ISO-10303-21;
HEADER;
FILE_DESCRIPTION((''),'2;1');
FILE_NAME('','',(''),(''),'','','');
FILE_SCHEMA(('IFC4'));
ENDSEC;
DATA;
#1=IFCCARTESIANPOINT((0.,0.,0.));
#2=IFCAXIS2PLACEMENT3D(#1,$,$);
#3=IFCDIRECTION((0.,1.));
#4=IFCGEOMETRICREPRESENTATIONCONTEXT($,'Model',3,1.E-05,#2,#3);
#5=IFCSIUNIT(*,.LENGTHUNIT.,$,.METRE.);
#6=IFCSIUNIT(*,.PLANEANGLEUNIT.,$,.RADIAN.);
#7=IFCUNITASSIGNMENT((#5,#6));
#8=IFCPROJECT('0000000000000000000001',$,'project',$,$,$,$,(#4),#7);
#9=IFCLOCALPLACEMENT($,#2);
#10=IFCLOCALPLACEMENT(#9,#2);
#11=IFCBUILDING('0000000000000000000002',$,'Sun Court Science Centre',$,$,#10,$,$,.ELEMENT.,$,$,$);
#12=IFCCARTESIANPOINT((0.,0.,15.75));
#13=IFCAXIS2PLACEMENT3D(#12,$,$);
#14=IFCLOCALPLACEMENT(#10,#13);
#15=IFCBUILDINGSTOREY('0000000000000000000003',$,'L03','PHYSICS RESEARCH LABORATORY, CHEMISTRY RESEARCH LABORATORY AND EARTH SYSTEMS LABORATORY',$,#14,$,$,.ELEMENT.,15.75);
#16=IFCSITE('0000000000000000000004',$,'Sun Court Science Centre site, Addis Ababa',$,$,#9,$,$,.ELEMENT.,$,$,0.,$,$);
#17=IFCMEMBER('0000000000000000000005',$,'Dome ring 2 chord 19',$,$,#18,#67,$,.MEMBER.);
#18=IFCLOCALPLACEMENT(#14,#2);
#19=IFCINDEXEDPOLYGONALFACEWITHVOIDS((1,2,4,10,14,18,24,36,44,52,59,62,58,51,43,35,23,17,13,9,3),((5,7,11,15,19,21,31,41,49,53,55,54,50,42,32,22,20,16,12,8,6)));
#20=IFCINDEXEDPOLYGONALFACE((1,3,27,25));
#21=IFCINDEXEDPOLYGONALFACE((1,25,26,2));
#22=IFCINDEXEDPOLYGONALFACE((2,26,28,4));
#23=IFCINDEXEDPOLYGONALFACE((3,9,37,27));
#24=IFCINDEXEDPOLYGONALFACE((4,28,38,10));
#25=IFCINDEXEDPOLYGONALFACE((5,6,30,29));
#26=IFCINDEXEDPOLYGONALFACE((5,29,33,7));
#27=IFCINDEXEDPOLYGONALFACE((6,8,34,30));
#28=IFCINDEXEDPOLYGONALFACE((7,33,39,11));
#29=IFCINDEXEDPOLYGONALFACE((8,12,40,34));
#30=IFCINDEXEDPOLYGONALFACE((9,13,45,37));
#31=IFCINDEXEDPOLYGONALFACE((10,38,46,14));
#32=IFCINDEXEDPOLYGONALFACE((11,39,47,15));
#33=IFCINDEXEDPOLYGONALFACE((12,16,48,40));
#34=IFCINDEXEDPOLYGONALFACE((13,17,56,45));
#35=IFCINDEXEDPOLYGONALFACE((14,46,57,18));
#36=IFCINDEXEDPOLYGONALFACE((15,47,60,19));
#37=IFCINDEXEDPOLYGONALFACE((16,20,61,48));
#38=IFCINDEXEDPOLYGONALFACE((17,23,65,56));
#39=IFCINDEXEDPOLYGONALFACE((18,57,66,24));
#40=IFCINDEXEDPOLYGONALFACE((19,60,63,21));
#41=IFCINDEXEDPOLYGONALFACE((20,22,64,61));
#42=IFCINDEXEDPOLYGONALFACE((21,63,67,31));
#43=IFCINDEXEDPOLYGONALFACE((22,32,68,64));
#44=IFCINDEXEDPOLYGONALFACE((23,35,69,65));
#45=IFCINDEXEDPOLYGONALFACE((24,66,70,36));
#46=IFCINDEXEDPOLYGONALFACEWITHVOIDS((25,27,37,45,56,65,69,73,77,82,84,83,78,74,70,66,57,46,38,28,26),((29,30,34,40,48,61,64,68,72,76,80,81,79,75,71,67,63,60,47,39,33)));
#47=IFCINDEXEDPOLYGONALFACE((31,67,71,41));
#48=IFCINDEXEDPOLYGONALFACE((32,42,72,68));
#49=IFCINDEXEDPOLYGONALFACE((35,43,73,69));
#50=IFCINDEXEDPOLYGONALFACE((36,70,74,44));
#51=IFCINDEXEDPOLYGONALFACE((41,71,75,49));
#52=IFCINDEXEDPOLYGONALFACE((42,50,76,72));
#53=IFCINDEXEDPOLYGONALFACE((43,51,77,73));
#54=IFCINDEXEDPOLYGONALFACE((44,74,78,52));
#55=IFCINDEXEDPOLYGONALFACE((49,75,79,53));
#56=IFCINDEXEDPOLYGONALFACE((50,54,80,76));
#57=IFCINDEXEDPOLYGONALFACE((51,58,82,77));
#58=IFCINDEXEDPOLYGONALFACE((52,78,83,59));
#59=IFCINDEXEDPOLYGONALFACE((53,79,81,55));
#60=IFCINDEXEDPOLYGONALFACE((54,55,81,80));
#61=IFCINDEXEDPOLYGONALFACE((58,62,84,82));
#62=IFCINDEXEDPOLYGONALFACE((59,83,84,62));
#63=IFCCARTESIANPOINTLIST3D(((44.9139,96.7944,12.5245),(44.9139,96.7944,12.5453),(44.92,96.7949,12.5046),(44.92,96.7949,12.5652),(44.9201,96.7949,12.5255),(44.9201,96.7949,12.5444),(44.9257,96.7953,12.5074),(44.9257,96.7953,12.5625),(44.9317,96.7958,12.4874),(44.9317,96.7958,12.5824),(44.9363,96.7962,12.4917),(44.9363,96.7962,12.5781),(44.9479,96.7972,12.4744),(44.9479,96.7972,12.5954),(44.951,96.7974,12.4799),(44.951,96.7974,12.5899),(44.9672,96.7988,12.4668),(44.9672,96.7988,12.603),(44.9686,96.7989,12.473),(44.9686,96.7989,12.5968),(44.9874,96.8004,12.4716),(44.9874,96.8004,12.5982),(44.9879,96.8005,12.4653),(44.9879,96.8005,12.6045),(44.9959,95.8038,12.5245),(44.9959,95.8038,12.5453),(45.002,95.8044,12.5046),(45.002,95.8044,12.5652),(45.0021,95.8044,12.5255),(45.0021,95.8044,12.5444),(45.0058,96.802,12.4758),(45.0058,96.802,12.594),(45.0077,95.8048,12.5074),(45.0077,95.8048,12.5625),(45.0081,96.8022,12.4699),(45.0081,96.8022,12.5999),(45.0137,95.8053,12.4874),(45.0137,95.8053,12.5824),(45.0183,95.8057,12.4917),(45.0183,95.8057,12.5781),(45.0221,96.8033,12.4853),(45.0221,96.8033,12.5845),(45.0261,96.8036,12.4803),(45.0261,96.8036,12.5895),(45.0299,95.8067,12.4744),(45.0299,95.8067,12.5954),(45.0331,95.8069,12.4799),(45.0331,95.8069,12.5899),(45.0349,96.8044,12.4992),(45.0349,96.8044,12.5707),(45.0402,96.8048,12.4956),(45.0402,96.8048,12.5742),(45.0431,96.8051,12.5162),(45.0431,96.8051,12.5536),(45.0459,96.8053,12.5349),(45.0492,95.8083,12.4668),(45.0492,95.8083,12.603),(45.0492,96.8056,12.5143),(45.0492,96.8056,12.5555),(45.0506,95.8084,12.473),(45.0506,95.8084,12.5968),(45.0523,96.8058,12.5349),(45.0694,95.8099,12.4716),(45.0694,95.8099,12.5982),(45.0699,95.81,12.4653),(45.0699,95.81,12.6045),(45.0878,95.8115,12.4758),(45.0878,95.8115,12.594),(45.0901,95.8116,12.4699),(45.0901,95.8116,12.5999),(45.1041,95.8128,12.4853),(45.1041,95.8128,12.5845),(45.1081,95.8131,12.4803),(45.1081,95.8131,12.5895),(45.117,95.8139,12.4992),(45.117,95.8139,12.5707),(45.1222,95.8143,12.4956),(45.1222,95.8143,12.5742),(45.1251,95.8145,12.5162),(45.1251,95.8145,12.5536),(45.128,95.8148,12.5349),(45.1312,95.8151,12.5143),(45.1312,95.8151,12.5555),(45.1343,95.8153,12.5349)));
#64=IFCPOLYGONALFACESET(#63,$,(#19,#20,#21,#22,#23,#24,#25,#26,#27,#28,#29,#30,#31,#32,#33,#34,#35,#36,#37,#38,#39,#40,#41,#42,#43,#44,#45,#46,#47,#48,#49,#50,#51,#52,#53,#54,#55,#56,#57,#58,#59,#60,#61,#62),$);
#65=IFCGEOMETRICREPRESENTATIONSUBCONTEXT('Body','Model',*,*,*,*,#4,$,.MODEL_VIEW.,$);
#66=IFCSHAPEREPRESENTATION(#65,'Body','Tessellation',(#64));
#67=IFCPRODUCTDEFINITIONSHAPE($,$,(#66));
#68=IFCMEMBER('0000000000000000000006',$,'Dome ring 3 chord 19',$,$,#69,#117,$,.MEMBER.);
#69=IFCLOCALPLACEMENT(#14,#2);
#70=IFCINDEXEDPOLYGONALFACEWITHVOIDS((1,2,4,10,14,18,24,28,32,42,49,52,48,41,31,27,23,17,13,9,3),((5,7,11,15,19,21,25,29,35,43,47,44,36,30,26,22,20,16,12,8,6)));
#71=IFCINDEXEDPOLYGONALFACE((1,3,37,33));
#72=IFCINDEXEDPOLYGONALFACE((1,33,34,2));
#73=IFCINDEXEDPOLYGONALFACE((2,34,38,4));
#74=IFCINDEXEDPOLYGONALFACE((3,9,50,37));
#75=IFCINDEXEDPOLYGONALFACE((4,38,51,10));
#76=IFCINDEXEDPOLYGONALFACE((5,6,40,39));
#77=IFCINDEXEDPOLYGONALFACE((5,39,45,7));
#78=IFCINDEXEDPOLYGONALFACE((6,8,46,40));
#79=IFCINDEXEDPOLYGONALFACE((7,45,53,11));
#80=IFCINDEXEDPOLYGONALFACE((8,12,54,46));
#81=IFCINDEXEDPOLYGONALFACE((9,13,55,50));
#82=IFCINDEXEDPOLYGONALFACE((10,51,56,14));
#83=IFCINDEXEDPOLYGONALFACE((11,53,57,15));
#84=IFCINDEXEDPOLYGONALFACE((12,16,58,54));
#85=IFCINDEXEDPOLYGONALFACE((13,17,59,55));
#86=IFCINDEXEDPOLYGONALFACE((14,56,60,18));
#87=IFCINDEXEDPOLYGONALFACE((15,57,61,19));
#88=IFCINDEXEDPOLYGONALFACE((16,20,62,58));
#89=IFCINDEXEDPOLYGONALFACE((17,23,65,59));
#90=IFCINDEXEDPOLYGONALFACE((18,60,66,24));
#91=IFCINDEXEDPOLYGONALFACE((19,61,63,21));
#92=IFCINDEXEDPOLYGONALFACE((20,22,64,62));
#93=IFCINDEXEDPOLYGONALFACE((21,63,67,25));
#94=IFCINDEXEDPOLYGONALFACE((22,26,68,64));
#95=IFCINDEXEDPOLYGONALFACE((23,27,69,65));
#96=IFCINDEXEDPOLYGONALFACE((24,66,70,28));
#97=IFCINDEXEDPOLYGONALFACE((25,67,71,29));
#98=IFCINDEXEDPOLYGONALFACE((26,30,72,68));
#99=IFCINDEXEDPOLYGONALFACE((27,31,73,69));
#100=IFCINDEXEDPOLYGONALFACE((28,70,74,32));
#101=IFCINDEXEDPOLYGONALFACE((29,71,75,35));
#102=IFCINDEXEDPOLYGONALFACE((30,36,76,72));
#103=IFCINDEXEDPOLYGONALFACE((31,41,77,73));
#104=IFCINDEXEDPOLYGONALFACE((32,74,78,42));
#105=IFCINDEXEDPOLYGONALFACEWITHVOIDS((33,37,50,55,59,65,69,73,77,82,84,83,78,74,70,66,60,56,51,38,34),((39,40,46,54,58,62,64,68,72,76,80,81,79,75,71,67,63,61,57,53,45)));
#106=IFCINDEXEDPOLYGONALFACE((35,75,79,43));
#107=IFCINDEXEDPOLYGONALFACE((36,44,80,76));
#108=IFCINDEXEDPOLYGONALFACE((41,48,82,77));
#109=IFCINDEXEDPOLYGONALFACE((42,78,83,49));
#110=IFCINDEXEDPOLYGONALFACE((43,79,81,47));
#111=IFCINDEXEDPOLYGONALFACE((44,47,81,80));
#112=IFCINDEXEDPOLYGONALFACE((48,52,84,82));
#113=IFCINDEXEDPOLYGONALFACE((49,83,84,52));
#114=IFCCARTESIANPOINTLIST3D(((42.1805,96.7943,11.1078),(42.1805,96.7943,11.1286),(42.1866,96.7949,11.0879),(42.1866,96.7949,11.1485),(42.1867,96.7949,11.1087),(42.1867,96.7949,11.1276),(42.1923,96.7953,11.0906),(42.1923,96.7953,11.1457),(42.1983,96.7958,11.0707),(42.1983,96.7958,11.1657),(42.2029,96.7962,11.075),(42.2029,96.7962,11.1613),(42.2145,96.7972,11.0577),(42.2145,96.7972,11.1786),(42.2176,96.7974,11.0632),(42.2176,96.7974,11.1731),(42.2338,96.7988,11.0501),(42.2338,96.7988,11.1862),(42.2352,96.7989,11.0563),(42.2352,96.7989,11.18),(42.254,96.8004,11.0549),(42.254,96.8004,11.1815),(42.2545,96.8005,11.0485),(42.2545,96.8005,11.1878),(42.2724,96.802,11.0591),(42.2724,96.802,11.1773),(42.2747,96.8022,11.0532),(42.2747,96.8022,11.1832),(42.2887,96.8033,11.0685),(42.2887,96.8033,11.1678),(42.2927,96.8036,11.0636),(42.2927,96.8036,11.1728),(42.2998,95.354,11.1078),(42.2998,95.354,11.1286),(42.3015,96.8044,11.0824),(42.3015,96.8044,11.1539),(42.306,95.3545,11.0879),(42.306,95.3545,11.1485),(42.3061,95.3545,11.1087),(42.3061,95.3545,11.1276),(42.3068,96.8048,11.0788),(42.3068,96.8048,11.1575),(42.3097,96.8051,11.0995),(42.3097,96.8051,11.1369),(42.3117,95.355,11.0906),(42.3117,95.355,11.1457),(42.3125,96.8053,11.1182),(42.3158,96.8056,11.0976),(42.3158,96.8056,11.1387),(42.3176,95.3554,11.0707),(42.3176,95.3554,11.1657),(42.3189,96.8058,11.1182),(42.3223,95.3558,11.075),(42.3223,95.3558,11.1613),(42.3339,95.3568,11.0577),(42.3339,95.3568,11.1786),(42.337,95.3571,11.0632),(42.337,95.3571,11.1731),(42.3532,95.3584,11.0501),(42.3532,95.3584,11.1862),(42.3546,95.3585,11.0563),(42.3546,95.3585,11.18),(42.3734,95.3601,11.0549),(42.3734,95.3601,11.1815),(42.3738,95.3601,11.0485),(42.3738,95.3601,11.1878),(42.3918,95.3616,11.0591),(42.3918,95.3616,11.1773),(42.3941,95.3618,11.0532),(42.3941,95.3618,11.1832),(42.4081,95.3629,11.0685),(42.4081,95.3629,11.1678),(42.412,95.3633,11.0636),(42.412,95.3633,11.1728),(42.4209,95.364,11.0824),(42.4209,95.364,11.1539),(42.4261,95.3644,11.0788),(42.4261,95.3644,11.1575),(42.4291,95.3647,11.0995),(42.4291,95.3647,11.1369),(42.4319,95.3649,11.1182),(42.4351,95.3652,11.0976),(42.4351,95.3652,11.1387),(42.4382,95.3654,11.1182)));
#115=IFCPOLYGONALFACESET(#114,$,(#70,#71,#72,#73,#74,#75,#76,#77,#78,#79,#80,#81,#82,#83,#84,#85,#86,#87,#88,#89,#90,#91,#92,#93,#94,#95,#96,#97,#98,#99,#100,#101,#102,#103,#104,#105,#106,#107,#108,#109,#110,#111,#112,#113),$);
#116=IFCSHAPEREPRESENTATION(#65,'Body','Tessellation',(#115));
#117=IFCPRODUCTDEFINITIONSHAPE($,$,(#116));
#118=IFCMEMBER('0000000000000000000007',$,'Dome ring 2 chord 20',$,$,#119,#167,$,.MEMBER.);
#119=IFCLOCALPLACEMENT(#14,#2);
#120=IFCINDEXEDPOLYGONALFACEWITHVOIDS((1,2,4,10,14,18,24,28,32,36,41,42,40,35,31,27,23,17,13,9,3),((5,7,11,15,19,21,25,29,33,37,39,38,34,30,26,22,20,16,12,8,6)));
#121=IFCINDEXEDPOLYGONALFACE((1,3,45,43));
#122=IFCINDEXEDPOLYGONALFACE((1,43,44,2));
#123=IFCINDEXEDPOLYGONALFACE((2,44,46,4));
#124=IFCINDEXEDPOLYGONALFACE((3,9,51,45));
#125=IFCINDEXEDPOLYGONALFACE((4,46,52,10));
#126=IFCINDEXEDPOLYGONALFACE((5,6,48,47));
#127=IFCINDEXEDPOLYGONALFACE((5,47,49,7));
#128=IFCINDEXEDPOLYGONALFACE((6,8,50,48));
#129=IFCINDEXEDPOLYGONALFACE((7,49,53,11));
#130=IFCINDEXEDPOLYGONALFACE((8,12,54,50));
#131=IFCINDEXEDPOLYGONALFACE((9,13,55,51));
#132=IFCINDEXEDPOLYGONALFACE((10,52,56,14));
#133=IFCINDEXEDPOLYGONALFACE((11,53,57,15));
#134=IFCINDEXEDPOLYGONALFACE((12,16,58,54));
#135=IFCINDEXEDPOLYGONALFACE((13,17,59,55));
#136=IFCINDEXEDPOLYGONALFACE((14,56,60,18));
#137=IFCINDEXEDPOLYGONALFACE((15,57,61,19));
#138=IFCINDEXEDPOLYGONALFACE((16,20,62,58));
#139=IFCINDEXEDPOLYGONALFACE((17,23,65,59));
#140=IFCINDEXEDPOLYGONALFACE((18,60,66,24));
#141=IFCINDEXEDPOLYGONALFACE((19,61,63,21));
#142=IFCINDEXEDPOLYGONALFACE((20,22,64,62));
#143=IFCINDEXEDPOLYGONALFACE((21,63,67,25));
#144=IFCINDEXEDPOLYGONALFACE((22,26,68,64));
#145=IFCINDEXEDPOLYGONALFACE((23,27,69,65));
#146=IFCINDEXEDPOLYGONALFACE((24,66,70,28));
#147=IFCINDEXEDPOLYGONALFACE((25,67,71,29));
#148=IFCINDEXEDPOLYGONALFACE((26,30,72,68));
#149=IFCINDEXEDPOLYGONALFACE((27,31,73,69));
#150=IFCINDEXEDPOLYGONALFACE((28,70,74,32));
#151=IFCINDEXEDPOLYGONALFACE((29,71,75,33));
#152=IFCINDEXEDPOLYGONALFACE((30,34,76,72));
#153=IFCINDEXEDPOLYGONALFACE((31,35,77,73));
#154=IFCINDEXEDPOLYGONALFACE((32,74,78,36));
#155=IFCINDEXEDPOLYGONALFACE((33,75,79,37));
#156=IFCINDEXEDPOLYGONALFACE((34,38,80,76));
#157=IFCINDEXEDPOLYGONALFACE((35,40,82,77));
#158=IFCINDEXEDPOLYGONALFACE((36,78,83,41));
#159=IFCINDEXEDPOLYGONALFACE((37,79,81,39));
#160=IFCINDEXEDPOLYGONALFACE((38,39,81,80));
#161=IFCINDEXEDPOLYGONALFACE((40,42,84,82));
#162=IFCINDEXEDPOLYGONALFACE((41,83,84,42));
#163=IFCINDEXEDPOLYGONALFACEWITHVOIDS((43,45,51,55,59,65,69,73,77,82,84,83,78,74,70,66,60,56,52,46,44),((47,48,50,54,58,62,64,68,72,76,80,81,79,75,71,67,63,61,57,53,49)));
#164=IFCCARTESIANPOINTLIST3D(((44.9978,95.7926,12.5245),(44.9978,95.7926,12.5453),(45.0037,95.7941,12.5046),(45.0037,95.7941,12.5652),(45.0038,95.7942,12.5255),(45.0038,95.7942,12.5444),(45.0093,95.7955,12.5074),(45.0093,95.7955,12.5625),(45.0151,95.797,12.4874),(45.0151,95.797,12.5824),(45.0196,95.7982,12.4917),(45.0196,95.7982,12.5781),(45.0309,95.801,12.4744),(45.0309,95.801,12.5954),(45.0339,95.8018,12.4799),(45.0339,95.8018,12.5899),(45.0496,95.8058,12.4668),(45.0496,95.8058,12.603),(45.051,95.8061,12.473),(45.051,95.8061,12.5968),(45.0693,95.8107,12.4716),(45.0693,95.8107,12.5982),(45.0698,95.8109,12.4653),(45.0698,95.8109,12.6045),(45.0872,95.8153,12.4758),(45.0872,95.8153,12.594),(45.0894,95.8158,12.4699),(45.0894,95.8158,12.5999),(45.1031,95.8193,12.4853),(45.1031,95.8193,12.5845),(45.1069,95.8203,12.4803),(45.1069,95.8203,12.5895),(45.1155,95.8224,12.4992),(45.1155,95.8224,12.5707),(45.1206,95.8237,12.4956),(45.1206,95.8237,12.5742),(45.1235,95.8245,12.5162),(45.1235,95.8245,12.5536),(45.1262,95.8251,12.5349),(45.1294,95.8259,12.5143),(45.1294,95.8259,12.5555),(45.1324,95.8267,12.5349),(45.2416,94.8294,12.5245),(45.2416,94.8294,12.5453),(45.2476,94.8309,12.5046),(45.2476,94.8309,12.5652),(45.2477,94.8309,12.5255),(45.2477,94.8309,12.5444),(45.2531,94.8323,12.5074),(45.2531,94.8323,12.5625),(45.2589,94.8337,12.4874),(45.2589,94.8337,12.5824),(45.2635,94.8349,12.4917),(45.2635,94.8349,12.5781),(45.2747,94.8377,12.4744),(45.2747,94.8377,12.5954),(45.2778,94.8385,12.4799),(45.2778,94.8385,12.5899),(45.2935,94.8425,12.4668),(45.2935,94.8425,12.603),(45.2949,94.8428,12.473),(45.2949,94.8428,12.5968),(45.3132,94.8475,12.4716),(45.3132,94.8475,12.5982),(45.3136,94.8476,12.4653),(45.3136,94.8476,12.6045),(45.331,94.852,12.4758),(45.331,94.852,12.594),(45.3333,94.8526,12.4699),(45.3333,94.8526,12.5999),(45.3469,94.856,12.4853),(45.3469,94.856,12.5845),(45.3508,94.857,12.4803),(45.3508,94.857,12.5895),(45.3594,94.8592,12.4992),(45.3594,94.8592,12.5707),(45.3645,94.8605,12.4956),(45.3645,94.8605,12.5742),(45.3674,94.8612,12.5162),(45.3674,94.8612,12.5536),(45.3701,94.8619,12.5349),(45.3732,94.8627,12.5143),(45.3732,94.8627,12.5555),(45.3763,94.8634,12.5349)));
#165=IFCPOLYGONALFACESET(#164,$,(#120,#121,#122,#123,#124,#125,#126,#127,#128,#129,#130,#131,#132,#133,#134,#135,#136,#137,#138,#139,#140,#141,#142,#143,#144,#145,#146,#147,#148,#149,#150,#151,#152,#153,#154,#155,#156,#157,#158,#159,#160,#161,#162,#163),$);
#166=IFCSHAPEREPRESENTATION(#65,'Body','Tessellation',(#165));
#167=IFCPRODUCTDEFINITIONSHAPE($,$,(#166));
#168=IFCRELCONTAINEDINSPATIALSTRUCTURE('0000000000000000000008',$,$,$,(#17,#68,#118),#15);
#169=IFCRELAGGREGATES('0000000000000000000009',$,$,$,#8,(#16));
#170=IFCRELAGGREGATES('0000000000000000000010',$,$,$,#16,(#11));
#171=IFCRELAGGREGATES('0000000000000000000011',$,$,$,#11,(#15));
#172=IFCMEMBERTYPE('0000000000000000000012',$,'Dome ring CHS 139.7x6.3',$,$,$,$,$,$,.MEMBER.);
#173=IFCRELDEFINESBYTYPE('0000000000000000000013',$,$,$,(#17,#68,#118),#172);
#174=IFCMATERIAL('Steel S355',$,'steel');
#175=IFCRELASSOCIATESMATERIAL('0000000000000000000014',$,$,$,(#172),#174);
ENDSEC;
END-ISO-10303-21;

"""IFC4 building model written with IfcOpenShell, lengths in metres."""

from ifc_helpers import new_model, si_unit, direction, frame, origin, origin_2d, place, context, subcontext, project, spatial, hollow_circle, extrude, material, material_profile, profile_set, type_object, element, save


model = new_model("IFC4")

# Units and contexts
model_context = context("Model", 3, precision=1e-05, world=origin(), true_north=direction((0.0, 1.0)))
body_context = subcontext(model_context, "Body", "Model", "MODEL_VIEW")
ifc_project = project(units=[si_unit("LENGTHUNIT", "METRE"), si_unit("PLANEANGLEUNIT", "RADIAN")], contexts=[model_context])

# Site, building, storey
site_placement = place(None, origin())
site = spatial("IfcSite", under=ifc_project, at=site_placement, Name="Sun Court Science Centre site, Addis Ababa", CompositionType="ELEMENT", RefElevation=0.0)
building_placement = place(site_placement, origin())
building = spatial("IfcBuilding", under=site, at=building_placement, Name="Sun Court Science Centre", CompositionType="ELEMENT")
storey_placement = place(building_placement, frame((0.0, 0.0, 15.75)))
storey = spatial("IfcBuildingStorey", under=building, at=storey_placement, Name="L03", Description="PHYSICS RESEARCH LABORATORY, CHEMISTRY RESEARCH LABORATORY AND EARTH SYSTEMS LABORATORY", CompositionType="ELEMENT", Elevation=15.75)

# Members
ifc_material_1 = material(Name="Steel S355", Category="steel")
ifc_material_profile_1 = material_profile(ifc_material_1, hollow_circle(Radius=0.0698, WallThickness=0.0063, at=origin_2d()), Name="CHS 139.7x6.3")
ifc_profile_set_1 = profile_set([ifc_material_profile_1], Name="Steel S355")
member_type_1 = type_object("IfcMemberType", Name="Dome ring CHS 139.7x6.3", PredefinedType="MEMBER", material=ifc_profile_set_1)
member_1_placement = place(storey_placement, frame((44.9827, 96.8, 12.5349), z_axis=(0.082537, -0.996588, 0.0), x_axis=(0.996588, 0.082537, 0.0)))
element("IfcMember", 1, at=member_1_placement, inside=storey, type_object=member_type_1, Name="Dome ring 2 chord 19", PredefinedType="MEMBER", context=body_context, shape_type="SweptSolid", body=[
    extrude(hollow_circle(Radius=0.0698, WallThickness=0.0063, at=origin_2d()), origin(), (0.0, 0.0, 1.0), 0.9939),
])
member_2_placement = place(storey_placement, frame((42.2493, 96.8, 11.1182), z_axis=(0.082598, -0.996583, 0.0), x_axis=(0.996583, 0.082598, 0.0)))
element("IfcMember", 2, at=member_2_placement, inside=storey, type_object=member_type_1, Name="Dome ring 3 chord 19", PredefinedType="MEMBER", context=body_context, shape_type="SweptSolid", body=[
    extrude(hollow_circle(Radius=0.0698, WallThickness=0.0063, at=origin_2d()), origin(), (0.0, 0.0, 1.0), 1.4453),
])
member_3_placement = place(storey_placement, frame((45.0647, 95.8096, 12.5349), z_axis=(0.245425, -0.969416, 0.0), x_axis=(0.969416, 0.245425, 0.0)))
element("IfcMember", 3, at=member_3_placement, inside=storey, type_object=member_type_1, Name="Dome ring 2 chord 20", PredefinedType="MEMBER", context=body_context, shape_type="SweptSolid", body=[
    extrude(hollow_circle(Radius=0.0698, WallThickness=0.0063, at=origin_2d()), origin(), (0.0, 0.0, 1.0), 0.9937),
])

save(model, "model.ifc")
